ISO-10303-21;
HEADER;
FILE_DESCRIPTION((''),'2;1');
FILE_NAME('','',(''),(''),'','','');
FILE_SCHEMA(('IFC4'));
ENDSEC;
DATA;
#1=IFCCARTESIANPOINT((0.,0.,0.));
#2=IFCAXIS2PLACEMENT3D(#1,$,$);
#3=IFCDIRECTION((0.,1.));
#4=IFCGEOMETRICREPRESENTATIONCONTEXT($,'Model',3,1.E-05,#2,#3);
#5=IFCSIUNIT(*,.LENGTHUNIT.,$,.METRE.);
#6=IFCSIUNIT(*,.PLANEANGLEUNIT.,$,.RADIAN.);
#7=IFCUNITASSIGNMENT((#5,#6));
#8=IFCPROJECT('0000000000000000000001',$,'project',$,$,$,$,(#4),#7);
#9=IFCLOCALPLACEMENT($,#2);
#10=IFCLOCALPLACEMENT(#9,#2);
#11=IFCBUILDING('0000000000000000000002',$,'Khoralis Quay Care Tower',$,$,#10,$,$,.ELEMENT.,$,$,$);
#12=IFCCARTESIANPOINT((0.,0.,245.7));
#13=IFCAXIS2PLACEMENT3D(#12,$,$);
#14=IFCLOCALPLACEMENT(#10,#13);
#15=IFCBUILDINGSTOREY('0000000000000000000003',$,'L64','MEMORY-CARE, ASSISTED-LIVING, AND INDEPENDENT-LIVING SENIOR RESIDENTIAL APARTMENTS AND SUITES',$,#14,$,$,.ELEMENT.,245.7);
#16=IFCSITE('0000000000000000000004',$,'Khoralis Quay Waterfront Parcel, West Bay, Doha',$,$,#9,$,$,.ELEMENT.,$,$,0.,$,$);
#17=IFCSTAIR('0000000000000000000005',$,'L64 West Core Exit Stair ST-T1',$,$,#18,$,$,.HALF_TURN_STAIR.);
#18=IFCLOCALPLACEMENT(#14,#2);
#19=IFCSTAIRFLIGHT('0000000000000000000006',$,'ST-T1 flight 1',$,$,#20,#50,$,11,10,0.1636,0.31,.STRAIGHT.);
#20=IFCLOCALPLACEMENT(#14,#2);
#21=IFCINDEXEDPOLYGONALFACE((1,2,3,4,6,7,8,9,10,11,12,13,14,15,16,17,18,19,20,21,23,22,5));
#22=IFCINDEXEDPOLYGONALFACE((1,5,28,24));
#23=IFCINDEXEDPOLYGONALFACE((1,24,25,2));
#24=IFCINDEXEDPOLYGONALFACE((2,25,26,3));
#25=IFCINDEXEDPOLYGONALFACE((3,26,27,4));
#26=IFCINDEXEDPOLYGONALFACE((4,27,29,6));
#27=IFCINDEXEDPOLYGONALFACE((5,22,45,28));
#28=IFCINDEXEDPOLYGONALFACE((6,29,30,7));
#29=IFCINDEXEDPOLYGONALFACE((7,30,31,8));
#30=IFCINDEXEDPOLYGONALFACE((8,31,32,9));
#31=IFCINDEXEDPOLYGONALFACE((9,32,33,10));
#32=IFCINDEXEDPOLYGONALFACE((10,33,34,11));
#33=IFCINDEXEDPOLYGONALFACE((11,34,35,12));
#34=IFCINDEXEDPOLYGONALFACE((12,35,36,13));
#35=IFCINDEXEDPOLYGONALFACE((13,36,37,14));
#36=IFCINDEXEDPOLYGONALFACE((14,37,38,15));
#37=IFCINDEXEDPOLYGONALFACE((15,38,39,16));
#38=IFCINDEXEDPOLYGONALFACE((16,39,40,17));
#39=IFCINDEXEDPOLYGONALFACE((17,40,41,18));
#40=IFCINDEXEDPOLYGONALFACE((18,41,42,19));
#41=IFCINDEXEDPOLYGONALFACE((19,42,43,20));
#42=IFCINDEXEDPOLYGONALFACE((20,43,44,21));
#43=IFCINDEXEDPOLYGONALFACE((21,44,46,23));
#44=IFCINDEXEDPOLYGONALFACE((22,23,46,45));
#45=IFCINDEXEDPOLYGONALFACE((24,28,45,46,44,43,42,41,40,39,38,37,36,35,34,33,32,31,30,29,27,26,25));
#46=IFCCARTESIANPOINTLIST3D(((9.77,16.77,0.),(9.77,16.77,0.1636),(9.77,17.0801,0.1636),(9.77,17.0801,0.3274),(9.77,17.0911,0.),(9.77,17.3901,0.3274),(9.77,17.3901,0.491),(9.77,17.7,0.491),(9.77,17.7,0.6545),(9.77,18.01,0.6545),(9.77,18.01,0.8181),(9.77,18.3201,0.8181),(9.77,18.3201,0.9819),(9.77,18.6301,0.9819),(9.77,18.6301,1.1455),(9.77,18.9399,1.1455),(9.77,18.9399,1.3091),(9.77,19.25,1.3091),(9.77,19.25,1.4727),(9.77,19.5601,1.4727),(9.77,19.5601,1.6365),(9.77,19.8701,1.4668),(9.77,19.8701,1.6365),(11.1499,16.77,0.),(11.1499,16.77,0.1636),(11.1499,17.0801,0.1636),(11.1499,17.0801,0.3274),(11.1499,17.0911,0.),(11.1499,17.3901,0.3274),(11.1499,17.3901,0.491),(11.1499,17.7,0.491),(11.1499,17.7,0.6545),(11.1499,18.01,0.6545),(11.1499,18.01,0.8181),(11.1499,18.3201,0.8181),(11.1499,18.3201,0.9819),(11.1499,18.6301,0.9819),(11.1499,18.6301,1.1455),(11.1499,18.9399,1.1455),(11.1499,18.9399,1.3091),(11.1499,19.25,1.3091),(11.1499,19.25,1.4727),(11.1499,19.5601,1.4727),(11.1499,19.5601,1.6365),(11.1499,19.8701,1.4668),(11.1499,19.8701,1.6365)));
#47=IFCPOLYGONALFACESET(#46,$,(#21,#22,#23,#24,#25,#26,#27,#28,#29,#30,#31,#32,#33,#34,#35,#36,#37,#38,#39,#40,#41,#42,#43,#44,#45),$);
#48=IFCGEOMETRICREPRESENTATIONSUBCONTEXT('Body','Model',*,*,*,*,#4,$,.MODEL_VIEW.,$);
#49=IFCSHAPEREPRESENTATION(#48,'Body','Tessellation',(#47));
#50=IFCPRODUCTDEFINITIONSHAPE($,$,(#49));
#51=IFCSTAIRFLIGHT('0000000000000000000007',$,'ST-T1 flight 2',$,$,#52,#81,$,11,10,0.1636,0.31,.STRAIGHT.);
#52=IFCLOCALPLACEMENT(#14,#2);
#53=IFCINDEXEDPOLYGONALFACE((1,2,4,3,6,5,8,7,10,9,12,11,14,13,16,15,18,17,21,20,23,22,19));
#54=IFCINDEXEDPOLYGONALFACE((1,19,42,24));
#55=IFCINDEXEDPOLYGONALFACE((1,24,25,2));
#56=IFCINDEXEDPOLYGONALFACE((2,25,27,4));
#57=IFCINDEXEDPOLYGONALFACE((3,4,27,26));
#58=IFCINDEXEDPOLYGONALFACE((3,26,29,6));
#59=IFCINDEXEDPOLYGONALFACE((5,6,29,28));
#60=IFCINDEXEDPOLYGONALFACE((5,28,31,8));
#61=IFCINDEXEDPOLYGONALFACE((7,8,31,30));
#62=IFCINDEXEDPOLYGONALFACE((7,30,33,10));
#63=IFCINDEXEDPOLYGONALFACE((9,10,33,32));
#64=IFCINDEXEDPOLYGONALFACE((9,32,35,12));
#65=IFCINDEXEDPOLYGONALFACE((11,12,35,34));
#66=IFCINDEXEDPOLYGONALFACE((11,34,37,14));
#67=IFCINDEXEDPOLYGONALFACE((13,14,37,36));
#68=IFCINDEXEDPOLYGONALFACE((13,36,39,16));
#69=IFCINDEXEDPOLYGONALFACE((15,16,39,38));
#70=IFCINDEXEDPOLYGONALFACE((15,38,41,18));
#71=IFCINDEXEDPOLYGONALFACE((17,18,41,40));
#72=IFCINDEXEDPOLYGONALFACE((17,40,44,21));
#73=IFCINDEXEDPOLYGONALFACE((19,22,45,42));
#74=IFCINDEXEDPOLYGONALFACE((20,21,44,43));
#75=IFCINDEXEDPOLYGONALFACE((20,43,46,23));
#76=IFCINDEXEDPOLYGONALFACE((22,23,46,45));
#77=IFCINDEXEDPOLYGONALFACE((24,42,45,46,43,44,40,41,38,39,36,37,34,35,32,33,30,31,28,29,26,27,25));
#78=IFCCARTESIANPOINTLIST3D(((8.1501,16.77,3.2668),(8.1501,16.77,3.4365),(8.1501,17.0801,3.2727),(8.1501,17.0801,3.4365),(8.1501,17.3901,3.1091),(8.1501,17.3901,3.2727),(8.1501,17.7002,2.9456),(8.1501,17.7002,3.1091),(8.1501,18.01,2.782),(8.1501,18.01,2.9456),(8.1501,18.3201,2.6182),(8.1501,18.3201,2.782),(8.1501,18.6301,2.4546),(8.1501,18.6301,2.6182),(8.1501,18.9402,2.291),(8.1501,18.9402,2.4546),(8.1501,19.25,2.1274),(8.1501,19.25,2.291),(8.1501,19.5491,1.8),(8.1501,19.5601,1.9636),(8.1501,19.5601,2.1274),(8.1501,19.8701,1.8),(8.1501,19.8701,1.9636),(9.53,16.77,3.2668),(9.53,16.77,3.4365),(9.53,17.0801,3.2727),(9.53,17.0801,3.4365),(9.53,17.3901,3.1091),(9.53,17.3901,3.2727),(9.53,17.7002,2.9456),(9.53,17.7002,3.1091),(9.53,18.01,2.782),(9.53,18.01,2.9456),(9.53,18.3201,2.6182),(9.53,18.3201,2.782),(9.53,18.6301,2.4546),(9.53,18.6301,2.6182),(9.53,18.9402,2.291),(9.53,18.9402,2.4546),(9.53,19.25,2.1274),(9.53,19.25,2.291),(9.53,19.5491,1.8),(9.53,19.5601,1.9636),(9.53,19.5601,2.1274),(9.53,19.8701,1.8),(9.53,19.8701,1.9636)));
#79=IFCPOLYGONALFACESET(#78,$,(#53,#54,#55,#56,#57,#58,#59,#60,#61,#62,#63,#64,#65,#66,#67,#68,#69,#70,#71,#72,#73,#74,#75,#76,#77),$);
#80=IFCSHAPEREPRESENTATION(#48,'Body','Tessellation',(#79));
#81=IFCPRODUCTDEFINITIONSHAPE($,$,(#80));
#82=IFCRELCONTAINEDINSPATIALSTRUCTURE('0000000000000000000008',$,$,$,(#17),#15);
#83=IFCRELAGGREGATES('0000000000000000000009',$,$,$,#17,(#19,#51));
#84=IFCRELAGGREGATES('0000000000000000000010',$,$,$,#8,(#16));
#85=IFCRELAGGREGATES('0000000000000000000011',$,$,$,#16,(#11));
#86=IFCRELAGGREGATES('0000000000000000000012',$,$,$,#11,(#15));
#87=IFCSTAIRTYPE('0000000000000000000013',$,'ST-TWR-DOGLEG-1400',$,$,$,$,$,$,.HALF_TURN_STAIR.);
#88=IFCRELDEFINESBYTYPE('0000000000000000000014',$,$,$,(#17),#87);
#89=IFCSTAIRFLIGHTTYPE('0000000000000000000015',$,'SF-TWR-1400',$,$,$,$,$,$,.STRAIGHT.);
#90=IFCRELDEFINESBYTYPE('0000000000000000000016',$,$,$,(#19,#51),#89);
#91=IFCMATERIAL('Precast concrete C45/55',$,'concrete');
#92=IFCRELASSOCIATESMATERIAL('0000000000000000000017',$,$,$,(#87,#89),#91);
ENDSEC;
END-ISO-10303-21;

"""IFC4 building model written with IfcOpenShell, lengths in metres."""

from ifc_helpers import new_model, si_unit, direction, frame, origin, place, context, subcontext, project, spatial, polyline, outline, extrude, source, transform, mapped, material, type_object, element, aggregate, save


model = new_model("IFC4")

# Units and contexts
model_context = context("Model", 3, precision=1e-05, world=origin(), true_north=direction((0.0, 1.0)))
body_context = subcontext(model_context, "Body", "Model", "MODEL_VIEW")
ifc_project = project(units=[si_unit("LENGTHUNIT", "METRE"), si_unit("PLANEANGLEUNIT", "RADIAN")], contexts=[model_context])

# Site, building, storey
site_placement = place(None, origin())
site = spatial("IfcSite", under=ifc_project, at=site_placement, Name="Khoralis Quay Waterfront Parcel, West Bay, Doha", CompositionType="ELEMENT", RefElevation=0.0)
building_placement = place(site_placement, origin())
building = spatial("IfcBuilding", under=site, at=building_placement, Name="Khoralis Quay Care Tower", CompositionType="ELEMENT")
storey_placement = place(building_placement, frame((0.0, 0.0, 245.7)))
storey = spatial("IfcBuildingStorey", under=building, at=storey_placement, Name="L64", Description="MEMORY-CARE, ASSISTED-LIVING, AND INDEPENDENT-LIVING SENIOR RESIDENTIAL APARTMENTS AND SUITES", CompositionType="ELEMENT", Elevation=245.7)

# Stair, stair flights
ifc_material_1 = material(Name="Precast concrete C45/55", Category="concrete")
stair_type = type_object("IfcStairType", Name="ST-TWR-DOGLEG-1400", PredefinedType="HALF_TURN_STAIR", material=ifc_material_1)
stair_placement = place(storey_placement, origin())
stair = element("IfcStair", 1, at=stair_placement, inside=storey, type_object=stair_type, Name="L64 West Core Exit Stair ST-T1", PredefinedType="HALF_TURN_STAIR")
stair_flight_type = type_object("IfcStairFlightType", Name="SF-TWR-1400", PredefinedType="STRAIGHT", material=ifc_material_1)
shared_shape_1 = source(origin(), body_context, "Body", "SweptSolid", [
    extrude(outline(polyline([(0.0, 0.0), (0.0, 0.1636), (0.3101, 0.1636), (0.3101, 0.3274), (0.6201, 0.3274), (0.6201, 0.491), (0.9299, 0.491), (0.9299, 0.6545), (1.24, 0.6545), (1.24, 0.8181), (1.55, 0.8181), (1.55, 0.9819), (1.8601, 0.9819), (1.8601, 1.1455), (2.1699, 1.1455), (2.1699, 1.3091), (2.48, 1.3091), (2.48, 1.4727), (2.79, 1.4727), (2.79, 1.6365), (3.1001, 1.6365), (3.1001, 1.8), (3.1001, 1.4668), (0.321, 0.0), (0.0, 0.0)])), frame((0.0, 0.6899, 0.0), z_axis=(0.0, -1.0, 0.0), x_axis=(1.0, 0.0, 0.0)), (0.0, 0.0, 1.0), 1.3799),
])
stair_flight_1_placement = place(storey_placement, frame((10.46, 16.77, 0.0), z_axis=(0.0, 0.0, 1.0), x_axis=(0.0, 1.0, 0.0)))
stair_flight_1 = element("IfcStairFlight", 2, at=stair_flight_1_placement, type_object=stair_flight_type, Name="ST-T1 flight 1", NumberOfRisers=11, NumberOfTreads=10, PredefinedType="STRAIGHT", RiserHeight=0.1636, TreadLength=0.31, context=body_context, shape_type="MappedRepresentation", body=[
    mapped(shared_shape_1, transform((0.0, 0.0, 0.0), scale=1.0)),
])
stair_flight_2_placement = place(storey_placement, frame((8.8401, 19.8701, 1.8), z_axis=(0.0, 0.0, 1.0), x_axis=(0.0, -1.0, 0.0)))
stair_flight_2 = element("IfcStairFlight", 3, at=stair_flight_2_placement, type_object=stair_flight_type, Name="ST-T1 flight 2", NumberOfRisers=11, NumberOfTreads=10, PredefinedType="STRAIGHT", RiserHeight=0.1636, TreadLength=0.31, context=body_context, shape_type="MappedRepresentation", body=[
    mapped(shared_shape_1, transform((0.0, 0.0, 0.0), scale=1.0)),
])
aggregate(stair, [stair_flight_1, stair_flight_2])

save(model, "model.ifc")
